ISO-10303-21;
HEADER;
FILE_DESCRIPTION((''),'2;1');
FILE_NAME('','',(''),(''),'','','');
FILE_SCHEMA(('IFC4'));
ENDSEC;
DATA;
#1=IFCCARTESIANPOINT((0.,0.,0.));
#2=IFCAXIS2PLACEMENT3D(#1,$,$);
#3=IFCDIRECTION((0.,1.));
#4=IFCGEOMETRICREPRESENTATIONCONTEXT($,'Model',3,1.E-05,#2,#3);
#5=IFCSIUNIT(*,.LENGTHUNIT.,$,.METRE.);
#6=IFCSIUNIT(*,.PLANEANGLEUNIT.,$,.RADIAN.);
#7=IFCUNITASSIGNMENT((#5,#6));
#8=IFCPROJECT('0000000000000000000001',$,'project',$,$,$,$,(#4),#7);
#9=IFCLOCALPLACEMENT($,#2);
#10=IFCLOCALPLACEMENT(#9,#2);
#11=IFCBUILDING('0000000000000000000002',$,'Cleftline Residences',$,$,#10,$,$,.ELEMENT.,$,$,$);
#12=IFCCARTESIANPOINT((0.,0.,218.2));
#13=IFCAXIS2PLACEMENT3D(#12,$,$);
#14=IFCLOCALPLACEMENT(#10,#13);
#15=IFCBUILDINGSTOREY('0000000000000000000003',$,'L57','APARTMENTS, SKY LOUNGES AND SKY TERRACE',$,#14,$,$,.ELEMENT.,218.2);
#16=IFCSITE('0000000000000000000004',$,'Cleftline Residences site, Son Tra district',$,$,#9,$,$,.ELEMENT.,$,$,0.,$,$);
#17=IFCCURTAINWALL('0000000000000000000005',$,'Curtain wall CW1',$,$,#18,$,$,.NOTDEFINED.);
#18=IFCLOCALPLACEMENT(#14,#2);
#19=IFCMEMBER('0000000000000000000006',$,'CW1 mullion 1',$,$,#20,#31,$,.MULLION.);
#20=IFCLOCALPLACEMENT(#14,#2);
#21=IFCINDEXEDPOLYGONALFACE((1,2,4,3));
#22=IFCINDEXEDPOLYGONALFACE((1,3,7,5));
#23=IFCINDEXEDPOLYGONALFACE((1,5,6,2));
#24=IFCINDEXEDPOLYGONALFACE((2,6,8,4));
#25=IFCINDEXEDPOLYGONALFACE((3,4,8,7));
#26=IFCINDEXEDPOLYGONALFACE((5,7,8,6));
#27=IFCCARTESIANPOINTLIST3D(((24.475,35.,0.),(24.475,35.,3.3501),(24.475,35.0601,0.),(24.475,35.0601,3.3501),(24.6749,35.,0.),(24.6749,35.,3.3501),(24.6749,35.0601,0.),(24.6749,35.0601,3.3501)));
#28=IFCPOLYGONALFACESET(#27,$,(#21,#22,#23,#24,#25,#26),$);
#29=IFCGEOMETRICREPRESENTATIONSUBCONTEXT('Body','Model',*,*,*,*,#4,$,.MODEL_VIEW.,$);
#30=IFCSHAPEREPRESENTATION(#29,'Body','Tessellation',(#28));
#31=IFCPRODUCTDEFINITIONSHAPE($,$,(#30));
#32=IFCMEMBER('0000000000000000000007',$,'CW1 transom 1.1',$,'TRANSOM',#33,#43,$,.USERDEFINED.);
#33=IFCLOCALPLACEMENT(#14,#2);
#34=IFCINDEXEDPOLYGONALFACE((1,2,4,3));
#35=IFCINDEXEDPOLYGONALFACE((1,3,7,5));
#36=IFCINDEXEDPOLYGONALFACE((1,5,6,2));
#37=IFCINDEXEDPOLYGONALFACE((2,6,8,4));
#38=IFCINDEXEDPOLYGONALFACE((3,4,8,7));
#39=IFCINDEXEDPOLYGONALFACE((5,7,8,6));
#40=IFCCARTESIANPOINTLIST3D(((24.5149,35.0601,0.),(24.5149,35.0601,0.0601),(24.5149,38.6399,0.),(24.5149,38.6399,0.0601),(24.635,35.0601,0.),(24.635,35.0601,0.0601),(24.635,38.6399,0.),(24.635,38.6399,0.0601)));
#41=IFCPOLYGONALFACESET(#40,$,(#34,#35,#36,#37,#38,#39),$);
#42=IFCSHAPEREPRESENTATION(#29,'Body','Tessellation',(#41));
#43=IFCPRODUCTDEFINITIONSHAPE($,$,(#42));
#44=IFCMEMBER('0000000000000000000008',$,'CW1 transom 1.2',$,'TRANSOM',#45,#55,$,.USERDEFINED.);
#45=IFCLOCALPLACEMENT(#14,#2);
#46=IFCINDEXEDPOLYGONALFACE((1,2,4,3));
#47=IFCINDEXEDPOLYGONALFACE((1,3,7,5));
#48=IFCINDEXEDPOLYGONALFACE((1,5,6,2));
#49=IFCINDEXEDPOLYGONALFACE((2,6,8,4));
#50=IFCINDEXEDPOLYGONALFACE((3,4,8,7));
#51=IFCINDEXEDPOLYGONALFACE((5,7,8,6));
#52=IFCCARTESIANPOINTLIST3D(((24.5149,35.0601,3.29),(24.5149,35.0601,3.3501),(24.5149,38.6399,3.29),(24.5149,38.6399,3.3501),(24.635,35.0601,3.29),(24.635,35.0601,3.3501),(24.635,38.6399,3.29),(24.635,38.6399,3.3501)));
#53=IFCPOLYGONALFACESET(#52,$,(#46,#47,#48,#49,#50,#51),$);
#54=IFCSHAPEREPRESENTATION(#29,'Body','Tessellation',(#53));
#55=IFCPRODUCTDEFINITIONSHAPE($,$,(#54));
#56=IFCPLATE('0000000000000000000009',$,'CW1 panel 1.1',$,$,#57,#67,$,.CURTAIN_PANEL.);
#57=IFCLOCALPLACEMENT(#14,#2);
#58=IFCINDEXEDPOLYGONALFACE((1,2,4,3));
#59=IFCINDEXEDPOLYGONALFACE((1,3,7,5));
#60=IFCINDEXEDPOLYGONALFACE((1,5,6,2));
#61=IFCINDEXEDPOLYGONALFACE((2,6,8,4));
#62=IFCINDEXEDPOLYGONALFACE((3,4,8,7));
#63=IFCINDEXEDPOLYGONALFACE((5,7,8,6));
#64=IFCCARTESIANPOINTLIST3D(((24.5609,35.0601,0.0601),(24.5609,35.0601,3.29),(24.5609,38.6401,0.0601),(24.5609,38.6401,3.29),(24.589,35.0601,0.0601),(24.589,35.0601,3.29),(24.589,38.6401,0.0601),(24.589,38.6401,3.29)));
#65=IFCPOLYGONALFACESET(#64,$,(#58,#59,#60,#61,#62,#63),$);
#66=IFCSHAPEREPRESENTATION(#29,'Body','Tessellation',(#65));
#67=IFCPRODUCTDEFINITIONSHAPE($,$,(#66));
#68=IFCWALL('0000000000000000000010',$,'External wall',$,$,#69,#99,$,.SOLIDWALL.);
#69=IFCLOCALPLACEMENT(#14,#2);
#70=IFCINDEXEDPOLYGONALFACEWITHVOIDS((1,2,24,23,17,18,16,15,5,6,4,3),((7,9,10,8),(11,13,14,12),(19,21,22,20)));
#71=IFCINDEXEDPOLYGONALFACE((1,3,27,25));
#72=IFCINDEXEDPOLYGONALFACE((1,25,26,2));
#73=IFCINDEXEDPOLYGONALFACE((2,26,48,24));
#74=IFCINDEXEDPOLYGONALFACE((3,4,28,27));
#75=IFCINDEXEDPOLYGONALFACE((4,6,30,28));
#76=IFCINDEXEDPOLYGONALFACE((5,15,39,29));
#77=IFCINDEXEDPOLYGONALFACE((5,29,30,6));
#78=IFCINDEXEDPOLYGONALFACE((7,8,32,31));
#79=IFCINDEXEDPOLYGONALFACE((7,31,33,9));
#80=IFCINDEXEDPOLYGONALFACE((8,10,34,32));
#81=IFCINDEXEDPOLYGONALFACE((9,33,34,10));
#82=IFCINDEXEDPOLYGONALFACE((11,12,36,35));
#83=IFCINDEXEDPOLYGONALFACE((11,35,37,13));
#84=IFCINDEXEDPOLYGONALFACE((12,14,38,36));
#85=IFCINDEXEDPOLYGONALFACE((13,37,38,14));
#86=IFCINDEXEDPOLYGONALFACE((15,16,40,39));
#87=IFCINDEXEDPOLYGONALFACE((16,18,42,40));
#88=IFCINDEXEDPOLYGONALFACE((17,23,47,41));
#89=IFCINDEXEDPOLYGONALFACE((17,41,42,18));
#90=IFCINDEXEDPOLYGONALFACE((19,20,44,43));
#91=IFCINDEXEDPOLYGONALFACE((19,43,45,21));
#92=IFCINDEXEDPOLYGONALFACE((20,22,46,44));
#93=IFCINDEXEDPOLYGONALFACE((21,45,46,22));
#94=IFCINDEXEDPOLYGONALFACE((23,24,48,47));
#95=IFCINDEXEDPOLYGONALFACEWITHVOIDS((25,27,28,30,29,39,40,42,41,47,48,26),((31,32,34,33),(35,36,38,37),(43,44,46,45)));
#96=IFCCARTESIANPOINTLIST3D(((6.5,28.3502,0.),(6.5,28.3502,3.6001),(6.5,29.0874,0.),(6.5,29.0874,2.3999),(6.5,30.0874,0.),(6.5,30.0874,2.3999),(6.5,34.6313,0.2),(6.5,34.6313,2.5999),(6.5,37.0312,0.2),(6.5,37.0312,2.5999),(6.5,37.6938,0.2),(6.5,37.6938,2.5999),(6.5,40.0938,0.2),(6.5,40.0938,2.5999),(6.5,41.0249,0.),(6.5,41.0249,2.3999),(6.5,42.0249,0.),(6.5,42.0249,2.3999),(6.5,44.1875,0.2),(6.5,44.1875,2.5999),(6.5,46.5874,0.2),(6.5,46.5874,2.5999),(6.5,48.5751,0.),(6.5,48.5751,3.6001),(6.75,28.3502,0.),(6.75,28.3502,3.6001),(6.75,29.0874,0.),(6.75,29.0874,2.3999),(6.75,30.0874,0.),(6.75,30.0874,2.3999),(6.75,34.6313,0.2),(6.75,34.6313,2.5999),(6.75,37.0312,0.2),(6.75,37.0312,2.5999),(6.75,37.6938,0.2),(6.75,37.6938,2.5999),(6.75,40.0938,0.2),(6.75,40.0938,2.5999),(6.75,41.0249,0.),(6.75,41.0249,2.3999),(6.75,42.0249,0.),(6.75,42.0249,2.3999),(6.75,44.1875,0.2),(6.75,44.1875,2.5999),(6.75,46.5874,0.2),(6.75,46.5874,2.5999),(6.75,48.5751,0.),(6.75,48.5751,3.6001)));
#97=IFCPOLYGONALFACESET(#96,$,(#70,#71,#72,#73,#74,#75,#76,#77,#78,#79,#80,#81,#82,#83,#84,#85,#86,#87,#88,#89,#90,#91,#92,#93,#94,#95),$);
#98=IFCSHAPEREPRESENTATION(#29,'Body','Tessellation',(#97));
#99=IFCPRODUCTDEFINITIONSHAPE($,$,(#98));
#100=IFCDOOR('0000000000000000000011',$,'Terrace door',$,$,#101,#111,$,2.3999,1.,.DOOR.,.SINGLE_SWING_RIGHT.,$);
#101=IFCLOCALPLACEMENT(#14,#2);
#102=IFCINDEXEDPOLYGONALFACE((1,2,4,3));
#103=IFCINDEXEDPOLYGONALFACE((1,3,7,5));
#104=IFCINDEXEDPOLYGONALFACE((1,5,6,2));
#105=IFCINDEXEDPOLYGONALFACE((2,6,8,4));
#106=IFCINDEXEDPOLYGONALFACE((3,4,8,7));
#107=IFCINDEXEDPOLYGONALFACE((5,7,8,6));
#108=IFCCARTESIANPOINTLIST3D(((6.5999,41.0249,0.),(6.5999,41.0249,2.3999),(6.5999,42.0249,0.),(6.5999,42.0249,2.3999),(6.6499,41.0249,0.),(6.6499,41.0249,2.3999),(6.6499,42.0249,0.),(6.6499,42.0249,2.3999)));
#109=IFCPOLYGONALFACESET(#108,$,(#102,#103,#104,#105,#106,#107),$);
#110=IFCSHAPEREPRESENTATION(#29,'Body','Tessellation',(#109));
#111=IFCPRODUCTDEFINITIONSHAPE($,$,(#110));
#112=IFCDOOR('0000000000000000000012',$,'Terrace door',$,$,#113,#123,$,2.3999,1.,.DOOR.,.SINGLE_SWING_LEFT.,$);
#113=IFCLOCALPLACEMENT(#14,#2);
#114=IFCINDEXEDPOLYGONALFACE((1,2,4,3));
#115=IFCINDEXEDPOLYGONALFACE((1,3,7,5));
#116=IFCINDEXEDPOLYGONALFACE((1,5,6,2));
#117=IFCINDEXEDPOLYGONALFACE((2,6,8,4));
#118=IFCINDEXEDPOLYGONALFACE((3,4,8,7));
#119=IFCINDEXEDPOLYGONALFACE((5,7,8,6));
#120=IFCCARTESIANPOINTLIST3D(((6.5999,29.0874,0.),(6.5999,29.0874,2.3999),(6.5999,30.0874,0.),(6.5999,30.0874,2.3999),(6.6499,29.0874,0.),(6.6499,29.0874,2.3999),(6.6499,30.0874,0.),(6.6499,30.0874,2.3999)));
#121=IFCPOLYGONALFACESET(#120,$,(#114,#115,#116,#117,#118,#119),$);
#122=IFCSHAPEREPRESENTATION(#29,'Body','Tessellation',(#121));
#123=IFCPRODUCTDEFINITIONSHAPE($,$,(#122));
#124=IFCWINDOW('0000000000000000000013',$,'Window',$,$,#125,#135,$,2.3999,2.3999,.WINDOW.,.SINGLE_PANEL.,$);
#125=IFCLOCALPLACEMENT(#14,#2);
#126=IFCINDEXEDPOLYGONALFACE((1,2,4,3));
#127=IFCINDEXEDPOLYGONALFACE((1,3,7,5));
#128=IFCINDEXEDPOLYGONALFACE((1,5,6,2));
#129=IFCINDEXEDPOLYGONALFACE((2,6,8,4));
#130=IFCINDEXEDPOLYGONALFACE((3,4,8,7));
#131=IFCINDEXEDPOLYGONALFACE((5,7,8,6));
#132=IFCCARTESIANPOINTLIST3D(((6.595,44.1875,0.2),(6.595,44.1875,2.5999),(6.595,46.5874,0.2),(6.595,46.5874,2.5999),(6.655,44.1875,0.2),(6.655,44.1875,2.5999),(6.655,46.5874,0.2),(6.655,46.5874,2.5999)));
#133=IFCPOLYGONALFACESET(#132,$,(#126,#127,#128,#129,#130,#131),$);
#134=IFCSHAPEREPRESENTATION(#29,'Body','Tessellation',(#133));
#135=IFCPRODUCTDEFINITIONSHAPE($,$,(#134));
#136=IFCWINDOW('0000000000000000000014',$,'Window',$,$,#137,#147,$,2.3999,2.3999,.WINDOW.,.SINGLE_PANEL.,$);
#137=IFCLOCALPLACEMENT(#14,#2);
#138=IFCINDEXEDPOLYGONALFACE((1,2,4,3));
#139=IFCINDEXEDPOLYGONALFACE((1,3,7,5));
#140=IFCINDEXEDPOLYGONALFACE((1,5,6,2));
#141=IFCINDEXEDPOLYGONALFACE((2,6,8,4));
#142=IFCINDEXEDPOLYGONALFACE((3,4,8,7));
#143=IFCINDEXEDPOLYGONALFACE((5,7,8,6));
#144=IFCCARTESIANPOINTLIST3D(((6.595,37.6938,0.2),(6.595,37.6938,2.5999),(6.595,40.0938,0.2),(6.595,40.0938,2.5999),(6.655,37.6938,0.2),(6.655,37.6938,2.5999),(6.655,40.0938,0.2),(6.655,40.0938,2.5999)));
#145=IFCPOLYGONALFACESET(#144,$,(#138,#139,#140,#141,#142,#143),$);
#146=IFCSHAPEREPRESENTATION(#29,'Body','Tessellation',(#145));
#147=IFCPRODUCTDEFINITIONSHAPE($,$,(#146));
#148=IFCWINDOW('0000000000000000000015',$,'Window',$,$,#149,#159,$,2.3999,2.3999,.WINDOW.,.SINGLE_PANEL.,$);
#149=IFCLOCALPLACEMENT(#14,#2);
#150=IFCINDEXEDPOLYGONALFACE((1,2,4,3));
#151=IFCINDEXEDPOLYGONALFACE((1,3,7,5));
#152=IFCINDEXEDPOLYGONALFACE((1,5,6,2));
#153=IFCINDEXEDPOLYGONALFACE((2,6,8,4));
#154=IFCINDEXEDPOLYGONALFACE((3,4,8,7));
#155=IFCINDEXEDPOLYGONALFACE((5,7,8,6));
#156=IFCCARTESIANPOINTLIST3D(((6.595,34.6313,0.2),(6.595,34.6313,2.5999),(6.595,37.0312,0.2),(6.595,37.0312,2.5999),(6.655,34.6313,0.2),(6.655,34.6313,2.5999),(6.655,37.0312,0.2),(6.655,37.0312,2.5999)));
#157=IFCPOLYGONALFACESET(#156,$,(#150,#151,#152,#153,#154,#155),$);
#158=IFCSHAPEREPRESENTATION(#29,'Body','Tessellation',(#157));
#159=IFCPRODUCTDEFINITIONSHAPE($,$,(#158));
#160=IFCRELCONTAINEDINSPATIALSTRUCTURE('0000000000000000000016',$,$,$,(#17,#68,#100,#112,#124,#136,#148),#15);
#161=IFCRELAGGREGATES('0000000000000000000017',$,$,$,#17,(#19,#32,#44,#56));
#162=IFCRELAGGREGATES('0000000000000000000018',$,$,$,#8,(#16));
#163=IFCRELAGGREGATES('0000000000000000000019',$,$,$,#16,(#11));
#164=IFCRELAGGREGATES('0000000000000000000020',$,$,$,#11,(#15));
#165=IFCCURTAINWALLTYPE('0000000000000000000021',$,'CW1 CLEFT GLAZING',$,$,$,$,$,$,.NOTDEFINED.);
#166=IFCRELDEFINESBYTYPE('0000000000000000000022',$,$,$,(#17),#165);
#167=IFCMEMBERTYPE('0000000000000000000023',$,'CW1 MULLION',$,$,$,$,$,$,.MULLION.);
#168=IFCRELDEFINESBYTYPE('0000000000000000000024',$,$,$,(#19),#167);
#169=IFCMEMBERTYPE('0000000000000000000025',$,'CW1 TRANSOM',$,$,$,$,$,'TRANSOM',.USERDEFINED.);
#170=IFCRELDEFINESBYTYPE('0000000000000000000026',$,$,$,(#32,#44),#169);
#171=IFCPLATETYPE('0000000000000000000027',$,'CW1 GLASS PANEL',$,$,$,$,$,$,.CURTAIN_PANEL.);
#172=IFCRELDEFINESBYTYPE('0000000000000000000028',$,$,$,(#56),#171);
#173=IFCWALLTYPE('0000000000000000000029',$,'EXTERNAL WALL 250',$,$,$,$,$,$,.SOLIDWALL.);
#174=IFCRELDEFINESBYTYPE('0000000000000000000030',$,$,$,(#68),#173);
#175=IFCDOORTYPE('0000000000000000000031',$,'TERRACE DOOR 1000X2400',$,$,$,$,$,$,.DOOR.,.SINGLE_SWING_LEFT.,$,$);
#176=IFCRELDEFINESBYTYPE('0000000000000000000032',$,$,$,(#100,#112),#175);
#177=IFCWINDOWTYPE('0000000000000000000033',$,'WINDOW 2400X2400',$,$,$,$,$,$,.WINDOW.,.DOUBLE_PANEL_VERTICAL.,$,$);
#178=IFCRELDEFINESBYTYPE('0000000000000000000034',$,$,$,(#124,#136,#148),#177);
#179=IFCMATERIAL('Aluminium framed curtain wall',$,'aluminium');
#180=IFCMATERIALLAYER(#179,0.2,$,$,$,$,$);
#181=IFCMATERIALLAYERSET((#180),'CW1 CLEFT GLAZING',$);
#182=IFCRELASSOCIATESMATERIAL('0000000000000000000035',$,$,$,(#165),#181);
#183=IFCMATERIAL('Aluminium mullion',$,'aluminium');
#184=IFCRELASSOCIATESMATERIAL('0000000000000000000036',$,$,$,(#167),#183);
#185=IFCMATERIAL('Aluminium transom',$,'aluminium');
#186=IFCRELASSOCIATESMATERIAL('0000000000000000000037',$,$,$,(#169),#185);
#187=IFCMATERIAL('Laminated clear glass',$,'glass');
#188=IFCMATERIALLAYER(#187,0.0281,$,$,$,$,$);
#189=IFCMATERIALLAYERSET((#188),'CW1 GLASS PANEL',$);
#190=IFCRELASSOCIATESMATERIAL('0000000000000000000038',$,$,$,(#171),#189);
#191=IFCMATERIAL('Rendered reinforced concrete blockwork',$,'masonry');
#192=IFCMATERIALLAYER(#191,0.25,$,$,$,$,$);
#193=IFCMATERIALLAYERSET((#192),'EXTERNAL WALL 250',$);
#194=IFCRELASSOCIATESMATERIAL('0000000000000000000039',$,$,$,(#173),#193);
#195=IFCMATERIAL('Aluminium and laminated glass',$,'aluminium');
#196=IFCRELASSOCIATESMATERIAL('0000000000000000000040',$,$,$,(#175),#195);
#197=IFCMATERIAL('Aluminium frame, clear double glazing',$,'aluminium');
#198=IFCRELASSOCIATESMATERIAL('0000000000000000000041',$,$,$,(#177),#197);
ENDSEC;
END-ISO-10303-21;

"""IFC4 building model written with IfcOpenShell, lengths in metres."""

from ifc_helpers import new_model, si_unit, direction, frame, frame_2d, origin, origin_2d, place, context, subcontext, project, spatial, rectangle, extrude, material, layer, layer_set, material_profile, profile_set, type_object, element, fill, aggregate, save


model = new_model("IFC4")

# Units and contexts
model_context = context("Model", 3, precision=1e-05, world=origin(), true_north=direction((0.0, 1.0)))
body_context = subcontext(model_context, "Body", "Model", "MODEL_VIEW")
ifc_project = project(units=[si_unit("LENGTHUNIT", "METRE"), si_unit("PLANEANGLEUNIT", "RADIAN")], contexts=[model_context])

# Site, building, storey
site_placement = place(None, origin())
site = spatial("IfcSite", under=ifc_project, at=site_placement, Name="Cleftline Residences site, Son Tra district", CompositionType="ELEMENT", RefElevation=0.0)
building_placement = place(site_placement, origin())
building = spatial("IfcBuilding", under=site, at=building_placement, Name="Cleftline Residences", CompositionType="ELEMENT")
storey_placement = place(building_placement, frame((0.0, 0.0, 218.2)))
storey = spatial("IfcBuildingStorey", under=building, at=storey_placement, Name="L57", Description="APARTMENTS, SKY LOUNGES AND SKY TERRACE", CompositionType="ELEMENT", Elevation=218.2)

# Curtain wall, members, plate
ifc_material_1 = material(Name="Aluminium framed curtain wall", Category="aluminium")
ifc_layer_1 = layer(ifc_material_1, 0.2)
ifc_layer_set_1 = layer_set([ifc_layer_1], Name="CW1 CLEFT GLAZING")
curtain_wall_type = type_object("IfcCurtainWallType", Name="CW1 CLEFT GLAZING", PredefinedType="NOTDEFINED", material=ifc_layer_set_1)
curtain_wall_placement = place(storey_placement, origin())
curtain_wall = element("IfcCurtainWall", 1, at=curtain_wall_placement, inside=storey, type_object=curtain_wall_type, Name="Curtain wall CW1", PredefinedType="NOTDEFINED")
ifc_material_2 = material(Name="Aluminium mullion", Category="aluminium")
ifc_material_profile_1 = material_profile(ifc_material_2, rectangle(XDim=0.2, YDim=0.0601, at=origin_2d()))
ifc_profile_set_1 = profile_set([ifc_material_profile_1], Name="Aluminium mullion")
member_type_1 = type_object("IfcMemberType", Name="CW1 MULLION", PredefinedType="MULLION", material=ifc_profile_set_1)
member_1_placement = place(storey_placement, frame((24.575, 35.03, 0.0), z_axis=(0.0, 0.0, 1.0), x_axis=(-1.0, 0.0, 0.0)))
member_1 = element("IfcMember", 2, at=member_1_placement, type_object=member_type_1, Name="CW1 mullion 1", PredefinedType="MULLION", context=body_context, shape_type="SweptSolid", body=[
    extrude(rectangle(XDim=0.2, YDim=0.0601, at=origin_2d()), origin(), (0.0, 0.0, 1.0), 3.3501),
])
ifc_material_3 = material(Name="Aluminium transom", Category="aluminium")
ifc_material_profile_2 = material_profile(ifc_material_3, rectangle(XDim=0.1201, YDim=0.0601, at=origin_2d()))
ifc_profile_set_2 = profile_set([ifc_material_profile_2], Name="Aluminium transom")
member_type_2 = type_object("IfcMemberType", Name="CW1 TRANSOM", ElementType="TRANSOM", PredefinedType="USERDEFINED", material=ifc_profile_set_2)
member_2_placement = place(storey_placement, frame((24.575, 35.0601, 0.03), z_axis=(0.0, 1.0, 0.0), x_axis=(-1.0, 0.0, 0.0)))
member_2 = element("IfcMember", 3, at=member_2_placement, type_object=member_type_2, Name="CW1 transom 1.1", ObjectType="TRANSOM", PredefinedType="USERDEFINED", context=body_context, shape_type="SweptSolid", body=[
    extrude(rectangle(XDim=0.1201, YDim=0.0601, at=origin_2d()), origin(), (0.0, 0.0, 1.0), 3.5798),
])
member_3_placement = place(storey_placement, frame((24.575, 35.0601, 3.3201), z_axis=(0.0, 1.0, 0.0), x_axis=(-1.0, 0.0, 0.0)))
member_3 = element("IfcMember", 4, at=member_3_placement, type_object=member_type_2, Name="CW1 transom 1.2", ObjectType="TRANSOM", PredefinedType="USERDEFINED", context=body_context, shape_type="SweptSolid", body=[
    extrude(rectangle(XDim=0.1201, YDim=0.0601, at=origin_2d()), origin(), (0.0, 0.0, 1.0), 3.5798),
])
ifc_material_4 = material(Name="Laminated clear glass", Category="glass")
ifc_layer_2 = layer(ifc_material_4, 0.0281)
ifc_layer_set_2 = layer_set([ifc_layer_2], Name="CW1 GLASS PANEL")
plate_type = type_object("IfcPlateType", Name="CW1 GLASS PANEL", PredefinedType="CURTAIN_PANEL", material=ifc_layer_set_2)
plate_placement = place(storey_placement, frame((24.575, 36.8501, 0.0601), z_axis=(0.0, 0.0, 1.0), x_axis=(0.0, 1.0, 0.0)))
plate = element("IfcPlate", 5, at=plate_placement, type_object=plate_type, Name="CW1 panel 1.1", PredefinedType="CURTAIN_PANEL", context=body_context, shape_type="SweptSolid", body=[
    extrude(rectangle(XDim=3.5801, YDim=0.0281, at=origin_2d()), origin(), (0.0, 0.0, 1.0), 3.23),
])
aggregate(curtain_wall, [member_1, member_2, member_3, plate])

# Wall, openings, doors, windows
ifc_material_5 = material(Name="Rendered reinforced concrete blockwork", Category="masonry")
ifc_layer_3 = layer(ifc_material_5, 0.25)
ifc_layer_set_3 = layer_set([ifc_layer_3], Name="EXTERNAL WALL 250")
wall_type_1 = type_object("IfcWallType", Name="EXTERNAL WALL 250", PredefinedType="SOLIDWALL", material=ifc_layer_set_3)
wall_1_placement = place(storey_placement, frame((6.625, 48.575, 0.0), z_axis=(0.0, 0.0, 1.0), x_axis=(0.0, -1.0, 0.0)))
wall_1 = element("IfcWall", 6, at=wall_1_placement, inside=storey, type_object=wall_type_1, Name="External wall", PredefinedType="SOLIDWALL", context=body_context, shape_type="SweptSolid", body=[
    extrude(rectangle(XDim=20.2249, YDim=0.25, at=frame_2d((10.1123, 0.0))), origin(), (0.0, 0.0, 1.0), 3.6001),
])
opening_1_placement = place(wall_1_placement, frame((6.55, 0.0, 0.0)))
opening_1 = element("IfcOpeningElement", 7, at=opening_1_placement, cuts=wall_1, PredefinedType="OPENING", context=body_context, shape_type="SweptSolid", body=[
    extrude(rectangle(XDim=1.0, YDim=2.3999, at=frame_2d((0.5, 1.2))), frame((0.0, 0.135, 0.0), z_axis=(0.0, -1.0, 0.0), x_axis=(1.0, 0.0, 0.0)), (0.0, 0.0, 1.0), 0.27),
])
opening_2_placement = place(wall_1_placement, frame((1.9875, 0.0, 0.2)))
opening_2 = element("IfcOpeningElement", 8, at=opening_2_placement, cuts=wall_1, PredefinedType="OPENING", context=body_context, shape_type="SweptSolid", body=[
    extrude(rectangle(XDim=2.3999, YDim=2.3999, at=frame_2d((1.2, 1.2))), frame((0.0, 0.135, 0.0), z_axis=(0.0, -1.0, 0.0), x_axis=(1.0, 0.0, 0.0)), (0.0, 0.0, 1.0), 0.27),
])
opening_3_placement = place(wall_1_placement, frame((8.4812, 0.0, 0.2)))
opening_3 = element("IfcOpeningElement", 9, at=opening_3_placement, cuts=wall_1, PredefinedType="OPENING", context=body_context, shape_type="SweptSolid", body=[
    extrude(rectangle(XDim=2.3999, YDim=2.3999, at=frame_2d((1.2, 1.2))), frame((0.0, 0.135, 0.0), z_axis=(0.0, -1.0, 0.0), x_axis=(1.0, 0.0, 0.0)), (0.0, 0.0, 1.0), 0.27),
])
opening_4_placement = place(wall_1_placement, frame((11.5437, 0.0, 0.2)))
opening_4 = element("IfcOpeningElement", 10, at=opening_4_placement, cuts=wall_1, PredefinedType="OPENING", context=body_context, shape_type="SweptSolid", body=[
    extrude(rectangle(XDim=2.3999, YDim=2.3999, at=frame_2d((1.2, 1.2))), frame((0.0, 0.135, 0.0), z_axis=(0.0, -1.0, 0.0), x_axis=(1.0, 0.0, 0.0)), (0.0, 0.0, 1.0), 0.27),
])
opening_5_placement = place(wall_1_placement, frame((18.4875, 0.0, 0.0)))
opening_5 = element("IfcOpeningElement", 11, at=opening_5_placement, cuts=wall_1, PredefinedType="OPENING", context=body_context, shape_type="SweptSolid", body=[
    extrude(rectangle(XDim=1.0, YDim=2.3999, at=frame_2d((0.5, 1.2))), frame((0.0, 0.135, 0.0), z_axis=(0.0, -1.0, 0.0), x_axis=(1.0, 0.0, 0.0)), (0.0, 0.0, 1.0), 0.27),
])
ifc_material_6 = material(Name="Aluminium and laminated glass", Category="aluminium")
door_type_1 = type_object("IfcDoorType", Name="TERRACE DOOR 1000X2400", OperationType="SINGLE_SWING_LEFT", PredefinedType="DOOR", material=ifc_material_6)
door_1_placement = place(opening_1_placement, origin())
door_1 = element("IfcDoor", 12, at=door_1_placement, inside=storey, type_object=door_type_1, Name="Terrace door", OperationType="SINGLE_SWING_RIGHT", OverallHeight=2.3999, OverallWidth=1.0, PredefinedType="DOOR", context=body_context, shape_type="SweptSolid", body=[
    extrude(rectangle(XDim=1.0, YDim=2.3999, at=frame_2d((0.5, 1.2))), frame((0.0, 0.0249, 0.0), z_axis=(0.0, -1.0, 0.0), x_axis=(1.0, 0.0, 0.0)), (0.0, 0.0, 1.0), 0.05),
])
fill(opening_1, door_1)
door_2_placement = place(opening_5_placement, origin())
door_2 = element("IfcDoor", 13, at=door_2_placement, inside=storey, type_object=door_type_1, Name="Terrace door", OperationType="SINGLE_SWING_LEFT", OverallHeight=2.3999, OverallWidth=1.0, PredefinedType="DOOR", context=body_context, shape_type="SweptSolid", body=[
    extrude(rectangle(XDim=1.0, YDim=2.3999, at=frame_2d((0.5, 1.2))), frame((0.0, 0.0249, 0.0), z_axis=(0.0, -1.0, 0.0), x_axis=(1.0, 0.0, 0.0)), (0.0, 0.0, 1.0), 0.05),
])
fill(opening_5, door_2)
ifc_material_7 = material(Name="Aluminium frame, clear double glazing", Category="aluminium")
window_type = type_object("IfcWindowType", Name="WINDOW 2400X2400", PartitioningType="DOUBLE_PANEL_VERTICAL", PredefinedType="WINDOW", material=ifc_material_7)
window_1_placement = place(opening_2_placement, origin())
window_1 = element("IfcWindow", 14, at=window_1_placement, inside=storey, type_object=window_type, Name="Window", OverallHeight=2.3999, OverallWidth=2.3999, PartitioningType="SINGLE_PANEL", PredefinedType="WINDOW", context=body_context, shape_type="SweptSolid", body=[
    extrude(rectangle(XDim=2.3999, YDim=2.3999, at=frame_2d((1.2, 1.2))), frame((0.0, 0.03, 0.0), z_axis=(0.0, -1.0, 0.0), x_axis=(1.0, 0.0, 0.0)), (0.0, 0.0, 1.0), 0.0601),
])
fill(opening_2, window_1)
window_2_placement = place(opening_3_placement, origin())
window_2 = element("IfcWindow", 15, at=window_2_placement, inside=storey, type_object=window_type, Name="Window", OverallHeight=2.3999, OverallWidth=2.3999, PartitioningType="SINGLE_PANEL", PredefinedType="WINDOW", context=body_context, shape_type="SweptSolid", body=[
    extrude(rectangle(XDim=2.3999, YDim=2.3999, at=frame_2d((1.2, 1.2))), frame((0.0, 0.03, 0.0), z_axis=(0.0, -1.0, 0.0), x_axis=(1.0, 0.0, 0.0)), (0.0, 0.0, 1.0), 0.0601),
])
fill(opening_3, window_2)
window_3_placement = place(opening_4_placement, origin())
window_3 = element("IfcWindow", 16, at=window_3_placement, inside=storey, type_object=window_type, Name="Window", OverallHeight=2.3999, OverallWidth=2.3999, PartitioningType="SINGLE_PANEL", PredefinedType="WINDOW", context=body_context, shape_type="SweptSolid", body=[
    extrude(rectangle(XDim=2.3999, YDim=2.3999, at=frame_2d((1.2, 1.2))), frame((0.0, 0.03, 0.0), z_axis=(0.0, -1.0, 0.0), x_axis=(1.0, 0.0, 0.0)), (0.0, 0.0, 1.0), 0.0601),
])
fill(opening_4, window_3)

save(model, "model.ifc")
